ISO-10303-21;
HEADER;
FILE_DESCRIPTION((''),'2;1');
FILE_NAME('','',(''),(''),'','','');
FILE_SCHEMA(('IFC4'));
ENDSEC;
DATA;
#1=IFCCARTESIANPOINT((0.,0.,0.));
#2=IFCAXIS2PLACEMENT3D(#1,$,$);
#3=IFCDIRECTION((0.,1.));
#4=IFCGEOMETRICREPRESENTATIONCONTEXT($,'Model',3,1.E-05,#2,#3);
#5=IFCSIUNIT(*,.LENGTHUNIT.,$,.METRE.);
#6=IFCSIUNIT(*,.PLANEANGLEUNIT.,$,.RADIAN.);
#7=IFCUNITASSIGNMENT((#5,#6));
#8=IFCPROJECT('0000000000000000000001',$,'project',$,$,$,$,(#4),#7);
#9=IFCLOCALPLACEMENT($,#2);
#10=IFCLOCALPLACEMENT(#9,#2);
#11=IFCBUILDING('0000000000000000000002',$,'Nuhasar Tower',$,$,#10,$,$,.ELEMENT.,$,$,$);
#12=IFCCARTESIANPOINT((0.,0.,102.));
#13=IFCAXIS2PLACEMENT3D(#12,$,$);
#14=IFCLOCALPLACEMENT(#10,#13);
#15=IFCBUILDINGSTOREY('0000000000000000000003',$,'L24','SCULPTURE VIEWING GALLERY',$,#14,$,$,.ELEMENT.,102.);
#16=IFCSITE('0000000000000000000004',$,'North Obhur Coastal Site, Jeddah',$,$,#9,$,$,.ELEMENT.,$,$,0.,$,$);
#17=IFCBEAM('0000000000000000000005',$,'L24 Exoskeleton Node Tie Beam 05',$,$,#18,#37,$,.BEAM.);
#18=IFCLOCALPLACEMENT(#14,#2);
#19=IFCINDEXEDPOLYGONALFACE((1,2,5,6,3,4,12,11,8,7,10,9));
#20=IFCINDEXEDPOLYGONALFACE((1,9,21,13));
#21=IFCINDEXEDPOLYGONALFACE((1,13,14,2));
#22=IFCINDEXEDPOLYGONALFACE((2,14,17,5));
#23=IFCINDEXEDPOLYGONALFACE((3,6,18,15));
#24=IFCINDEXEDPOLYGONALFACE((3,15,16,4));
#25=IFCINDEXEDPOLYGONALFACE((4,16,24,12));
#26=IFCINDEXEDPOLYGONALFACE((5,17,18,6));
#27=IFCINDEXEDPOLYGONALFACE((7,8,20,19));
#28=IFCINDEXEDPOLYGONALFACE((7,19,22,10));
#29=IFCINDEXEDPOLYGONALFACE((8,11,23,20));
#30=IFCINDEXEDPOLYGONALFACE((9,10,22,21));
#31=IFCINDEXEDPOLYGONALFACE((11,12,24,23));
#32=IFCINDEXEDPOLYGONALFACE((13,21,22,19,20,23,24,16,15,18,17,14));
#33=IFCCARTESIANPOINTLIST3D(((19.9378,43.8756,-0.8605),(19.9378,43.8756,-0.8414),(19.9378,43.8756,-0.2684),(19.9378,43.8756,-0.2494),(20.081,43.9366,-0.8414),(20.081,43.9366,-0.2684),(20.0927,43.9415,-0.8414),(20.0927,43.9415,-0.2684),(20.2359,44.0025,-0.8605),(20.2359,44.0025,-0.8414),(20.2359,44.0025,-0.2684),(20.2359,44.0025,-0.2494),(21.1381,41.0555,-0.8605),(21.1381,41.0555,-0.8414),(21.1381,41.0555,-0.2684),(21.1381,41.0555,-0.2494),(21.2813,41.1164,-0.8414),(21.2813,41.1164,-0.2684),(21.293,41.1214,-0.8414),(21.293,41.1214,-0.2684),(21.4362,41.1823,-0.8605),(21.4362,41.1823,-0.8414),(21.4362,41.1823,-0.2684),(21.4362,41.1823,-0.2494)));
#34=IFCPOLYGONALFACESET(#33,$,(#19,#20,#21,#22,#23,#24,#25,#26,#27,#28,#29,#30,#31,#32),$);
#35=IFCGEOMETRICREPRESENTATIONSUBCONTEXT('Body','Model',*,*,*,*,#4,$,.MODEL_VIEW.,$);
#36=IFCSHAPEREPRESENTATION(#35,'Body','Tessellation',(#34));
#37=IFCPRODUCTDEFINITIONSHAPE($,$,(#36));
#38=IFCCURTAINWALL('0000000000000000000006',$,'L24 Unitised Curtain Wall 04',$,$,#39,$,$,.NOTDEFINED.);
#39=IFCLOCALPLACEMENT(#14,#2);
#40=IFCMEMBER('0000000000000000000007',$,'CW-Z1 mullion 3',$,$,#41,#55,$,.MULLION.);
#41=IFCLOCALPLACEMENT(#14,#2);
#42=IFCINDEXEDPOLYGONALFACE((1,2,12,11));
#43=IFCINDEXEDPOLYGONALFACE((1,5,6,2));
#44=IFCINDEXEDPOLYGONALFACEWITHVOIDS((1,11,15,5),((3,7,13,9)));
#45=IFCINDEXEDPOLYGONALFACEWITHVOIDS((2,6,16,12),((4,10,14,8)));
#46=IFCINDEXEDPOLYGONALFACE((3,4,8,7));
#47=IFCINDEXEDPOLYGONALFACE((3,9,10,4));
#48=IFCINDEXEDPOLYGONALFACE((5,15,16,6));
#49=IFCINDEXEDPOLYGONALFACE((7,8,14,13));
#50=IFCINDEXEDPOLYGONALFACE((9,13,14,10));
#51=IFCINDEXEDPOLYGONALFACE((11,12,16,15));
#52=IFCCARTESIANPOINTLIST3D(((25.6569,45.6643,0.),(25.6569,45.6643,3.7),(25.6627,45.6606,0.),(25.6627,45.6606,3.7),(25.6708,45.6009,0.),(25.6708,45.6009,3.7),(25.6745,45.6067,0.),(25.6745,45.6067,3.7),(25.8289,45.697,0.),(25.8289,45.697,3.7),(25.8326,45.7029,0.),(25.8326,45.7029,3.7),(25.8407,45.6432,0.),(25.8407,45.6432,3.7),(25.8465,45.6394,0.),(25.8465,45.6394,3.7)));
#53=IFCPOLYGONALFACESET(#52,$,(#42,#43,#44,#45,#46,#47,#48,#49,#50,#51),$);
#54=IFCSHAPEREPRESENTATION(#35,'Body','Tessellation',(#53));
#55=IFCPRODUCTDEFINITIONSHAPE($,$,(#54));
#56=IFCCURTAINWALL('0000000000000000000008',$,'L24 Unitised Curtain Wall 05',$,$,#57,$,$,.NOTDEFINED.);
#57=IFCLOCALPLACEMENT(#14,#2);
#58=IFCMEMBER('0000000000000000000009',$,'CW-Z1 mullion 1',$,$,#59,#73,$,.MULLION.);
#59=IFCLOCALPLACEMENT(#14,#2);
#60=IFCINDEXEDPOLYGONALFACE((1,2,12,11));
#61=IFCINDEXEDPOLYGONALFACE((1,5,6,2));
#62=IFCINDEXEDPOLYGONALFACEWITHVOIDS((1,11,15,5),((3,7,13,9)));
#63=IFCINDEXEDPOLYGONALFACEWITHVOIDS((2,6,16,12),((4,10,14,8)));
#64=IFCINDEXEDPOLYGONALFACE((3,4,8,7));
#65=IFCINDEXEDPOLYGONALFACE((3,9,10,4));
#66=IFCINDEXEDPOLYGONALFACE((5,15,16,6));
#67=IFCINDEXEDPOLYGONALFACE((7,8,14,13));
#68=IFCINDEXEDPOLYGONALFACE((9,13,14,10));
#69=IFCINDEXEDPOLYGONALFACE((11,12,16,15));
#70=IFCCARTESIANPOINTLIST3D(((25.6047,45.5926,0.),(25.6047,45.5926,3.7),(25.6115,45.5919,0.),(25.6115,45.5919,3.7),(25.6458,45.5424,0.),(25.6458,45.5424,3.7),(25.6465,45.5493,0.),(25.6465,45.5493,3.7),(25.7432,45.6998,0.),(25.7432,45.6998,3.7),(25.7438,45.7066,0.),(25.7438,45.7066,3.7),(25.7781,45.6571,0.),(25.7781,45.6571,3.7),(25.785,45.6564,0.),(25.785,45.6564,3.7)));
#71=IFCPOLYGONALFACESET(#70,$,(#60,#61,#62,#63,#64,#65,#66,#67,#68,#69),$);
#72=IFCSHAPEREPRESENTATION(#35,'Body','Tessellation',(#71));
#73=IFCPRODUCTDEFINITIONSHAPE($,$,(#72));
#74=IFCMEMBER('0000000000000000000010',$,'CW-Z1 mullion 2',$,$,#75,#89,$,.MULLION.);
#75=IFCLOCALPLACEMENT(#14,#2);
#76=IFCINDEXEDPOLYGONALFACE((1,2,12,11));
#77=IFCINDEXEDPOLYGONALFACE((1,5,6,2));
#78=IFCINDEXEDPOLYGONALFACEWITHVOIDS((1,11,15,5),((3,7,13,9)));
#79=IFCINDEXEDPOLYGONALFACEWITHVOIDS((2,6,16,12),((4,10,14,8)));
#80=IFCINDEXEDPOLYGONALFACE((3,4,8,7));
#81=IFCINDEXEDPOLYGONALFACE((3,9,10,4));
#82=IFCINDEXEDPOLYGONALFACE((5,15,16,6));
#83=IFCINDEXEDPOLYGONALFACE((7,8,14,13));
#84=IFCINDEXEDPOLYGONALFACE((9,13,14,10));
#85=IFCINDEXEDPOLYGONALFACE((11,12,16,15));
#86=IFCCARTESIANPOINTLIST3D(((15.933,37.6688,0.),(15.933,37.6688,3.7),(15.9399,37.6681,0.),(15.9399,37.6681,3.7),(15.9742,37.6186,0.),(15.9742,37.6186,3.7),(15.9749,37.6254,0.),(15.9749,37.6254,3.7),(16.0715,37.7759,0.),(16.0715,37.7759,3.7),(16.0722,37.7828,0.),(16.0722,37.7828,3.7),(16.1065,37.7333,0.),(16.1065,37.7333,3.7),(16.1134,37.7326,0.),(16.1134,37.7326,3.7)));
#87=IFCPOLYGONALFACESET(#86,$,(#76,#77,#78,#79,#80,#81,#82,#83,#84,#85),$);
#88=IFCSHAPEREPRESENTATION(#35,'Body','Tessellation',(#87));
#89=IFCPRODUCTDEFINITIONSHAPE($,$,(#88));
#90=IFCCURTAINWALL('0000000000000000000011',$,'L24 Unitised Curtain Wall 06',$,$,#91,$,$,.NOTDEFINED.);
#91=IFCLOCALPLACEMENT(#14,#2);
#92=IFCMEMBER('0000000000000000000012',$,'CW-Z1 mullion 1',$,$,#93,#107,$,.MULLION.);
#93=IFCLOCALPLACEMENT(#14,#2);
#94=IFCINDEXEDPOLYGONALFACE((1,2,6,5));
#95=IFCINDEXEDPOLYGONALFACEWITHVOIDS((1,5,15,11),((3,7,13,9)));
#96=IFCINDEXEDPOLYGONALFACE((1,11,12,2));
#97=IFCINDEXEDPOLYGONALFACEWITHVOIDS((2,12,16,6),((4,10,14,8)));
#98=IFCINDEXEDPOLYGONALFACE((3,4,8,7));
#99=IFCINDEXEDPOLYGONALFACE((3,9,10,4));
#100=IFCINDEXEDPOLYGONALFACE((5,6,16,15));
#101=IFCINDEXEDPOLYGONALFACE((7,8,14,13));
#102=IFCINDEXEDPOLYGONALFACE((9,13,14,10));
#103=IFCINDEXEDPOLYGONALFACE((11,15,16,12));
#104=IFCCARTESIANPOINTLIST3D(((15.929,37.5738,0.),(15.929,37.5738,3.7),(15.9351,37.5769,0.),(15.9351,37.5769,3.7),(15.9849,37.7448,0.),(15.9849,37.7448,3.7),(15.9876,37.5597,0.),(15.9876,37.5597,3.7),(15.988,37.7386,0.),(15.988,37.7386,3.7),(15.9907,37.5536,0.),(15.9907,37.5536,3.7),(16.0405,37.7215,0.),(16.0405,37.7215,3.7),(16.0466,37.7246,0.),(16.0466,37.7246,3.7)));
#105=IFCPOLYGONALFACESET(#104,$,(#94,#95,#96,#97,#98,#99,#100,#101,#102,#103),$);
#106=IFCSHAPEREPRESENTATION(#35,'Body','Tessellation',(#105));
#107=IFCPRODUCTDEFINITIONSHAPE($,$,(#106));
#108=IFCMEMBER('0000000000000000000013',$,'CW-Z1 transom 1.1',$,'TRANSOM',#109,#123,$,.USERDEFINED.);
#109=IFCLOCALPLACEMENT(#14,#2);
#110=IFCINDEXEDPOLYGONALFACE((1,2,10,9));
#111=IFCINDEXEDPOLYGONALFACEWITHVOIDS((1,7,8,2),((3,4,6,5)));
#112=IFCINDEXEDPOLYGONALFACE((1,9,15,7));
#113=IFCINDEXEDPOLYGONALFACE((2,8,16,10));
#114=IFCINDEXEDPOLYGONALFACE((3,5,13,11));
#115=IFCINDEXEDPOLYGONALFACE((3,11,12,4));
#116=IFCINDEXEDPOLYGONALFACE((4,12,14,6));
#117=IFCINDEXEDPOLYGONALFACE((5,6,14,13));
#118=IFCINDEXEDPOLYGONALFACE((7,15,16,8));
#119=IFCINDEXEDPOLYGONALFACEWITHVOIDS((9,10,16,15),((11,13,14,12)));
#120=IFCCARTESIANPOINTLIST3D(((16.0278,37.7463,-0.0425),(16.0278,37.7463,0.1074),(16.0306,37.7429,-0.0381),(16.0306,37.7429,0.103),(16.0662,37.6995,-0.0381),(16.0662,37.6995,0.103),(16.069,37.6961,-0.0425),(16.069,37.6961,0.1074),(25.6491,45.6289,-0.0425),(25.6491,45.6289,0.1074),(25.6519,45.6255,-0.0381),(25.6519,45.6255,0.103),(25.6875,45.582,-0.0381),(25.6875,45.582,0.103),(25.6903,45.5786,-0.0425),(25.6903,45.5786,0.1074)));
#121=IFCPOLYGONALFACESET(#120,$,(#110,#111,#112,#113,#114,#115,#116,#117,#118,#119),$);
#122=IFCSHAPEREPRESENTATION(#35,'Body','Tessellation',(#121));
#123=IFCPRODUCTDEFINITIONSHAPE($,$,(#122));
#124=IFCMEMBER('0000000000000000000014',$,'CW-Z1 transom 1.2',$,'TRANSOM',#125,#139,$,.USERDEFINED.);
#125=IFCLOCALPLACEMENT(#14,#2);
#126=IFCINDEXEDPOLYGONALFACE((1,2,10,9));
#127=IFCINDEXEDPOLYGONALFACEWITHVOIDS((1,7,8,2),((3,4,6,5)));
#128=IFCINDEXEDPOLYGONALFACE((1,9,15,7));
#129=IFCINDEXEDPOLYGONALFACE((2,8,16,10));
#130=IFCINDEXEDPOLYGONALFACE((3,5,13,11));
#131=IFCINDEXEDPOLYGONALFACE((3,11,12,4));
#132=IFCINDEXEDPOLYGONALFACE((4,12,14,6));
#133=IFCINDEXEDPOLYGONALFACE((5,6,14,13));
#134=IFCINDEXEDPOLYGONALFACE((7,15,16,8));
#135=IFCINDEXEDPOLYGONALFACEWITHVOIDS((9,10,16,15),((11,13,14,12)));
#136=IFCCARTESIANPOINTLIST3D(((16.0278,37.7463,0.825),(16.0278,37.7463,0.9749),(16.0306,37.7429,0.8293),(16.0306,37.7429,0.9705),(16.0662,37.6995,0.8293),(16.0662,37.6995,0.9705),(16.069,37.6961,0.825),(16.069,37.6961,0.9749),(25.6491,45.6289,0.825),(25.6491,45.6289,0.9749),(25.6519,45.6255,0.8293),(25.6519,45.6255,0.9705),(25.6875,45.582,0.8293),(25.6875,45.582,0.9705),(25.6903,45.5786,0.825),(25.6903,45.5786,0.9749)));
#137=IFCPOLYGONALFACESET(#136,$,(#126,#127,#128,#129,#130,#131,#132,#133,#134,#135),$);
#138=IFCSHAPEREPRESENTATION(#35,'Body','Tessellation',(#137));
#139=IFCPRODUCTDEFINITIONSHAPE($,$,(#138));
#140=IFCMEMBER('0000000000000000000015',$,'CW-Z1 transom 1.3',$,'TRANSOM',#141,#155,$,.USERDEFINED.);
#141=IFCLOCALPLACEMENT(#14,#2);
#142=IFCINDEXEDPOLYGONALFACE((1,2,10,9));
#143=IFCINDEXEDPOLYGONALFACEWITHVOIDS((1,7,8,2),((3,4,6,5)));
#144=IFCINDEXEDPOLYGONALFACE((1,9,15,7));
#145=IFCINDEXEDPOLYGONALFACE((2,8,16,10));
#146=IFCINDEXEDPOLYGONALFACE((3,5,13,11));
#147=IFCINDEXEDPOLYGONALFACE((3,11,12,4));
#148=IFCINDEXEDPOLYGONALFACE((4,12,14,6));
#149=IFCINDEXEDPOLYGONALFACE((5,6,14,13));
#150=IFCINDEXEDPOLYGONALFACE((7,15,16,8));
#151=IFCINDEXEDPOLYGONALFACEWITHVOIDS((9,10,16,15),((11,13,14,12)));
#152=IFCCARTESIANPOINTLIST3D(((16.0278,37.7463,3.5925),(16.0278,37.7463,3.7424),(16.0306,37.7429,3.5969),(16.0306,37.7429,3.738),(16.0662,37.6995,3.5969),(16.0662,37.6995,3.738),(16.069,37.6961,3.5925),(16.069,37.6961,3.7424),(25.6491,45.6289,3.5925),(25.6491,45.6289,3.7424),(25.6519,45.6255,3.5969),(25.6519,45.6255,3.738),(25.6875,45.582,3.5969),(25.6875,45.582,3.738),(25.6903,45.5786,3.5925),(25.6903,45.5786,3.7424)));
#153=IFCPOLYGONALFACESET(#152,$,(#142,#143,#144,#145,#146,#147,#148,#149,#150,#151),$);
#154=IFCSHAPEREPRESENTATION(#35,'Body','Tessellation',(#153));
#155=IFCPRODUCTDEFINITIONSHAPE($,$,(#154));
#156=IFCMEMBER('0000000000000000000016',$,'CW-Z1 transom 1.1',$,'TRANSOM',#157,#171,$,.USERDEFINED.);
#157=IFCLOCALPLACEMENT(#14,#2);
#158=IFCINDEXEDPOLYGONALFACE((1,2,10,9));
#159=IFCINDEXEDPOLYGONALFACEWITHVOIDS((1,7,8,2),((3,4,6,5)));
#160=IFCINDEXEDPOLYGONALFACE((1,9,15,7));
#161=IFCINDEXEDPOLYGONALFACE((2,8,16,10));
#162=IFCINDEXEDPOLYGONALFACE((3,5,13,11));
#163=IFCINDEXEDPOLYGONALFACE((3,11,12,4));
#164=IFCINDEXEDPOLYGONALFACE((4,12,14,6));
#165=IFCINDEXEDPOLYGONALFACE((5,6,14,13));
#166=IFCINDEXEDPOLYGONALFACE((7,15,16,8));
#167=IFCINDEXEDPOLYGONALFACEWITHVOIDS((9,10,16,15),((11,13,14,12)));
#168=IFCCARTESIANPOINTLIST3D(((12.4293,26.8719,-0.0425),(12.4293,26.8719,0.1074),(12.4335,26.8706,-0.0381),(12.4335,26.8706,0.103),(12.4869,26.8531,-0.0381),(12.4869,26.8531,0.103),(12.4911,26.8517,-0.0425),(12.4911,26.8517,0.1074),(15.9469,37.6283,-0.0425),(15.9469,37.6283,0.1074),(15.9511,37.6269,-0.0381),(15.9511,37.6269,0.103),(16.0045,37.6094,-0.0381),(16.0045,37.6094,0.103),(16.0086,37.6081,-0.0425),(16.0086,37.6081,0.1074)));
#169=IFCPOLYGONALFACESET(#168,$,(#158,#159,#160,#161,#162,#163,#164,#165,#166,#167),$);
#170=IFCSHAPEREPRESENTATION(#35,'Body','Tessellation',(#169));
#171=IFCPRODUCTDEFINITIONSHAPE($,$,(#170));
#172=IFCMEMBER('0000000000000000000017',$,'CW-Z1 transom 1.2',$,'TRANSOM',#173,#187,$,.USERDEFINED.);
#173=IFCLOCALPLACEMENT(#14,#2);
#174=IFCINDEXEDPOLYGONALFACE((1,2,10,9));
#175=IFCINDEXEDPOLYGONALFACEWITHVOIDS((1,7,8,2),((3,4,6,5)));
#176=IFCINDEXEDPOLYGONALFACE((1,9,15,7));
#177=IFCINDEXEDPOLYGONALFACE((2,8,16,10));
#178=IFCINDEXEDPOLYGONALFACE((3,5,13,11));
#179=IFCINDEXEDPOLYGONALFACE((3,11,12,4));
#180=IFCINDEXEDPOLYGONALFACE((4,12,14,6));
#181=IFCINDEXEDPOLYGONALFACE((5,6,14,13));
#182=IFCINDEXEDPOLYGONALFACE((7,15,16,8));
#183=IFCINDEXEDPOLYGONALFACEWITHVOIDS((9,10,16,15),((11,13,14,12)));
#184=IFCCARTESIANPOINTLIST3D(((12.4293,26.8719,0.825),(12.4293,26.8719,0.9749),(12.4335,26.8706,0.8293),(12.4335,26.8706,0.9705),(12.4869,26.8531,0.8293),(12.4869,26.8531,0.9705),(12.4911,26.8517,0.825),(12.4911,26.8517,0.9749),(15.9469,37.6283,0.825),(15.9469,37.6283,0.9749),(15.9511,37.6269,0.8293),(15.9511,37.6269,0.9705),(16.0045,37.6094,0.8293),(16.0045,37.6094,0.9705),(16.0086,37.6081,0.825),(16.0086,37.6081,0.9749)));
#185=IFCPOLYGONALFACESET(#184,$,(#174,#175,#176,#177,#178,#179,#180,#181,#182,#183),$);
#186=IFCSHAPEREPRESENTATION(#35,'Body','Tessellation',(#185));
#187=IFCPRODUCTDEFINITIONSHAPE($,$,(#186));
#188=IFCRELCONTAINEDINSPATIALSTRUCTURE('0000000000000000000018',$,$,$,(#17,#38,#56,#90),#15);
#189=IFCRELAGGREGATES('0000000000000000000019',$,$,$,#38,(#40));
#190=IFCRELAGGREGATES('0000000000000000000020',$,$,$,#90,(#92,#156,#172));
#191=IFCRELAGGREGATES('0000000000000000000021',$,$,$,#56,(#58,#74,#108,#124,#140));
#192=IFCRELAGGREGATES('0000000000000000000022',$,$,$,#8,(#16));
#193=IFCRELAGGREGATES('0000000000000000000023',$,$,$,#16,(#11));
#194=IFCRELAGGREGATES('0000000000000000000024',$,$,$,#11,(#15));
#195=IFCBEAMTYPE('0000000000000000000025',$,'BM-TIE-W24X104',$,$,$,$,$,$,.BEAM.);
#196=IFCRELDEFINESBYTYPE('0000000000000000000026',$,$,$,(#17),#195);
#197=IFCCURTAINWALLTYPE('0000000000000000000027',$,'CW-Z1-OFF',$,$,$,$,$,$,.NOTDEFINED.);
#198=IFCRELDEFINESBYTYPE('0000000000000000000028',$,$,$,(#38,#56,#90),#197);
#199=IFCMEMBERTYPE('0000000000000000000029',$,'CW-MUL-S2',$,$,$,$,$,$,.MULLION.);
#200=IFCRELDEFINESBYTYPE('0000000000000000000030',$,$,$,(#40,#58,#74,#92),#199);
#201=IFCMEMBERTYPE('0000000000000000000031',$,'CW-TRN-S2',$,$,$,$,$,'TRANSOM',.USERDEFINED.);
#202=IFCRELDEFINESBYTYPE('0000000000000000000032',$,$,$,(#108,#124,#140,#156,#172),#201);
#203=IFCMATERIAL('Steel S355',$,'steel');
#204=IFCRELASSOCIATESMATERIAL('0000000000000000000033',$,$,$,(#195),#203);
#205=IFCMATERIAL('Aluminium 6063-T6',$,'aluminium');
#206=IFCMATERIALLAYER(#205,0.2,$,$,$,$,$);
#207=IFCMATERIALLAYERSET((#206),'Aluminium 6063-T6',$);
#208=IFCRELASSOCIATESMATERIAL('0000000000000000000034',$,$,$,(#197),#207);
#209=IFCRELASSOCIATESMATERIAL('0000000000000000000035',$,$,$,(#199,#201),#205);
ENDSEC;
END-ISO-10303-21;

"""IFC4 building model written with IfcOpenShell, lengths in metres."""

from ifc_helpers import new_model, si_unit, direction, frame, origin, origin_2d, place, context, subcontext, project, spatial, hollow_rectangle, i_section, extrude, material, layer, layer_set, material_profile, profile_set, type_object, element, aggregate, save


model = new_model("IFC4")

# Units and contexts
model_context = context("Model", 3, precision=1e-05, world=origin(), true_north=direction((0.0, 1.0)))
body_context = subcontext(model_context, "Body", "Model", "MODEL_VIEW")
ifc_project = project(units=[si_unit("LENGTHUNIT", "METRE"), si_unit("PLANEANGLEUNIT", "RADIAN")], contexts=[model_context])

# Site, building, storey
site_placement = place(None, origin())
site = spatial("IfcSite", under=ifc_project, at=site_placement, Name="North Obhur Coastal Site, Jeddah", CompositionType="ELEMENT", RefElevation=0.0)
building_placement = place(site_placement, origin())
building = spatial("IfcBuilding", under=site, at=building_placement, Name="Nuhasar Tower", CompositionType="ELEMENT")
storey_placement = place(building_placement, frame((0.0, 0.0, 102.0)))
storey = spatial("IfcBuildingStorey", under=building, at=storey_placement, Name="L24", Description="SCULPTURE VIEWING GALLERY", CompositionType="ELEMENT", Elevation=102.0)

# Beam
ifc_material_1 = material(Name="Steel S355", Category="steel")
ifc_material_profile_1 = material_profile(ifc_material_1, i_section(OverallWidth=0.324, OverallDepth=0.6111, WebThickness=0.0127, FlangeThickness=0.019, at=origin_2d()), Name="W24X104")
ifc_profile_set_1 = profile_set([ifc_material_profile_1], Name="Steel S355")
beam_type_1 = type_object("IfcBeamType", Name="BM-TIE-W24X104", PredefinedType="BEAM", material=ifc_profile_set_1)
beam_1_placement = place(storey_placement, frame((21.2871, 41.1189, -0.5549), z_axis=(-0.391601, 0.920135, 0.0), x_axis=(-0.920135, -0.391601, 0.0)))
element("IfcBeam", 1, at=beam_1_placement, inside=storey, type_object=beam_type_1, Name="L24 Exoskeleton Node Tie Beam 05", PredefinedType="BEAM", context=body_context, shape_type="SweptSolid", body=[
    extrude(i_section(OverallWidth=0.324, OverallDepth=0.6111, WebThickness=0.0127, FlangeThickness=0.019, at=origin_2d()), origin(), (0.0, 0.0, 1.0), 3.0649),
])

# Curtain wall, member
ifc_material_2 = material(Name="Aluminium 6063-T6", Category="aluminium")
ifc_layer_1 = layer(ifc_material_2, 0.2)
ifc_layer_set_1 = layer_set([ifc_layer_1], Name="Aluminium 6063-T6")
curtain_wall_type = type_object("IfcCurtainWallType", Name="CW-Z1-OFF", PredefinedType="NOTDEFINED", material=ifc_layer_set_1)
curtain_wall_1_placement = place(storey_placement, origin())
curtain_wall_1 = element("IfcCurtainWall", 2, at=curtain_wall_1_placement, inside=storey, type_object=curtain_wall_type, Name="L24 Unitised Curtain Wall 04", PredefinedType="NOTDEFINED")
ifc_material_profile_2 = material_profile(ifc_material_2, hollow_rectangle(XDim=0.0649, YDim=0.1799, WallThickness=0.0049, at=origin_2d()), Name="CWM-2")
ifc_profile_set_2 = profile_set([ifc_material_profile_2], Name="Aluminium 6063-T6")
member_type_1 = type_object("IfcMemberType", Name="CW-MUL-S2", PredefinedType="MULLION", material=ifc_profile_set_2)
member_1_placement = place(storey_placement, frame((25.7517, 45.6519, 0.0), z_axis=(0.0, 0.0, 1.0), x_axis=(0.214399, -0.976746, 0.0)))
member_1 = element("IfcMember", 3, at=member_1_placement, type_object=member_type_1, Name="CW-Z1 mullion 3", PredefinedType="MULLION", context=body_context, shape_type="SweptSolid", body=[
    extrude(hollow_rectangle(XDim=0.0649, YDim=0.1799, WallThickness=0.0049, at=origin_2d()), origin(), (0.0, 0.0, 1.0), 3.7),
])
aggregate(curtain_wall_1, [member_1])

# Curtain wall, members
curtain_wall_2_placement = place(storey_placement, origin())
curtain_wall_2 = element("IfcCurtainWall", 4, at=curtain_wall_2_placement, inside=storey, type_object=curtain_wall_type, Name="L24 Unitised Curtain Wall 05", PredefinedType="NOTDEFINED")
member_2_placement = place(storey_placement, frame((25.6948, 45.6245, 0.0), z_axis=(0.0, 0.0, 1.0), x_axis=(0.633745, -0.773542, 0.0)))
member_2 = element("IfcMember", 5, at=member_2_placement, type_object=member_type_1, Name="CW-Z1 mullion 1", PredefinedType="MULLION", context=body_context, shape_type="SweptSolid", body=[
    extrude(hollow_rectangle(XDim=0.0649, YDim=0.1799, WallThickness=0.0049, at=origin_2d()), origin(), (0.0, 0.0, 1.0), 3.7),
])
member_3_placement = place(storey_placement, frame((16.0232, 37.7007, 0.0), z_axis=(0.0, 0.0, 1.0), x_axis=(0.633745, -0.773542, 0.0)))
member_3 = element("IfcMember", 6, at=member_3_placement, type_object=member_type_1, Name="CW-Z1 mullion 2", PredefinedType="MULLION", context=body_context, shape_type="SweptSolid", body=[
    extrude(hollow_rectangle(XDim=0.0649, YDim=0.1799, WallThickness=0.0049, at=origin_2d()), origin(), (0.0, 0.0, 1.0), 3.7),
])

# Curtain wall, member
curtain_wall_3_placement = place(storey_placement, origin())
curtain_wall_3 = element("IfcCurtainWall", 7, at=curtain_wall_3_placement, inside=storey, type_object=curtain_wall_type, Name="L24 Unitised Curtain Wall 06", PredefinedType="NOTDEFINED")
member_4_placement = place(storey_placement, frame((15.9878, 37.6492, 0.0), z_axis=(0.0, 0.0, 1.0), x_axis=(0.950468, -0.310824, 0.0)))
member_4 = element("IfcMember", 8, at=member_4_placement, type_object=member_type_1, Name="CW-Z1 mullion 1", PredefinedType="MULLION", context=body_context, shape_type="SweptSolid", body=[
    extrude(hollow_rectangle(XDim=0.0649, YDim=0.1799, WallThickness=0.0049, at=origin_2d()), origin(), (0.0, 0.0, 1.0), 3.7),
])

# Members
ifc_material_profile_3 = material_profile(ifc_material_2, hollow_rectangle(XDim=0.0649, YDim=0.1499, WallThickness=0.0044, at=origin_2d()), Name="CWT-2")
ifc_profile_set_3 = profile_set([ifc_material_profile_3], Name="Aluminium 6063-T6")
member_type_2 = type_object("IfcMemberType", Name="CW-TRN-S2", ElementType="TRANSOM", PredefinedType="USERDEFINED", material=ifc_profile_set_3)
member_5_placement = place(storey_placement, frame((25.6697, 45.6038, 0.0325), z_axis=(-0.773541, -0.633746, 0.0), x_axis=(0.633746, -0.773541, 0.0)))
member_5 = element("IfcMember", 9, at=member_5_placement, type_object=member_type_2, Name="CW-Z1 transom 1.1", ObjectType="TRANSOM", PredefinedType="USERDEFINED", context=body_context, shape_type="SweptSolid", body=[
    extrude(hollow_rectangle(XDim=0.0649, YDim=0.1499, WallThickness=0.0044, at=origin_2d()), origin(), (0.0, 0.0, 1.0), 12.438),
])
member_6_placement = place(storey_placement, frame((25.6697, 45.6038, 0.8999), z_axis=(-0.773541, -0.633746, 0.0), x_axis=(0.633746, -0.773541, 0.0)))
member_6 = element("IfcMember", 10, at=member_6_placement, type_object=member_type_2, Name="CW-Z1 transom 1.2", ObjectType="TRANSOM", PredefinedType="USERDEFINED", context=body_context, shape_type="SweptSolid", body=[
    extrude(hollow_rectangle(XDim=0.0649, YDim=0.1499, WallThickness=0.0044, at=origin_2d()), origin(), (0.0, 0.0, 1.0), 12.438),
])
member_7_placement = place(storey_placement, frame((25.6697, 45.6038, 3.6675), z_axis=(-0.773541, -0.633746, 0.0), x_axis=(0.633746, -0.773541, 0.0)))
member_7 = element("IfcMember", 11, at=member_7_placement, type_object=member_type_2, Name="CW-Z1 transom 1.3", ObjectType="TRANSOM", PredefinedType="USERDEFINED", context=body_context, shape_type="SweptSolid", body=[
    extrude(hollow_rectangle(XDim=0.0649, YDim=0.1499, WallThickness=0.0044, at=origin_2d()), origin(), (0.0, 0.0, 1.0), 12.438),
])
member_8_placement = place(storey_placement, frame((15.9778, 37.6182, 0.0325), z_axis=(-0.310825, -0.950467, 0.0), x_axis=(0.950467, -0.310825, 0.0)))
member_8 = element("IfcMember", 12, at=member_8_placement, type_object=member_type_2, Name="CW-Z1 transom 1.1", ObjectType="TRANSOM", PredefinedType="USERDEFINED", context=body_context, shape_type="SweptSolid", body=[
    extrude(hollow_rectangle(XDim=0.0649, YDim=0.1499, WallThickness=0.0044, at=origin_2d()), origin(), (0.0, 0.0, 1.0), 11.3169),
])
member_9_placement = place(storey_placement, frame((15.9778, 37.6182, 0.8999), z_axis=(-0.310825, -0.950467, 0.0), x_axis=(0.950467, -0.310825, 0.0)))
member_9 = element("IfcMember", 13, at=member_9_placement, type_object=member_type_2, Name="CW-Z1 transom 1.2", ObjectType="TRANSOM", PredefinedType="USERDEFINED", context=body_context, shape_type="SweptSolid", body=[
    extrude(hollow_rectangle(XDim=0.0649, YDim=0.1499, WallThickness=0.0044, at=origin_2d()), origin(), (0.0, 0.0, 1.0), 11.3169),
])
aggregate(curtain_wall_3, [member_4, member_8, member_9])

aggregate(curtain_wall_2, [member_2, member_3, member_5, member_6, member_7])

save(model, "model.ifc")
